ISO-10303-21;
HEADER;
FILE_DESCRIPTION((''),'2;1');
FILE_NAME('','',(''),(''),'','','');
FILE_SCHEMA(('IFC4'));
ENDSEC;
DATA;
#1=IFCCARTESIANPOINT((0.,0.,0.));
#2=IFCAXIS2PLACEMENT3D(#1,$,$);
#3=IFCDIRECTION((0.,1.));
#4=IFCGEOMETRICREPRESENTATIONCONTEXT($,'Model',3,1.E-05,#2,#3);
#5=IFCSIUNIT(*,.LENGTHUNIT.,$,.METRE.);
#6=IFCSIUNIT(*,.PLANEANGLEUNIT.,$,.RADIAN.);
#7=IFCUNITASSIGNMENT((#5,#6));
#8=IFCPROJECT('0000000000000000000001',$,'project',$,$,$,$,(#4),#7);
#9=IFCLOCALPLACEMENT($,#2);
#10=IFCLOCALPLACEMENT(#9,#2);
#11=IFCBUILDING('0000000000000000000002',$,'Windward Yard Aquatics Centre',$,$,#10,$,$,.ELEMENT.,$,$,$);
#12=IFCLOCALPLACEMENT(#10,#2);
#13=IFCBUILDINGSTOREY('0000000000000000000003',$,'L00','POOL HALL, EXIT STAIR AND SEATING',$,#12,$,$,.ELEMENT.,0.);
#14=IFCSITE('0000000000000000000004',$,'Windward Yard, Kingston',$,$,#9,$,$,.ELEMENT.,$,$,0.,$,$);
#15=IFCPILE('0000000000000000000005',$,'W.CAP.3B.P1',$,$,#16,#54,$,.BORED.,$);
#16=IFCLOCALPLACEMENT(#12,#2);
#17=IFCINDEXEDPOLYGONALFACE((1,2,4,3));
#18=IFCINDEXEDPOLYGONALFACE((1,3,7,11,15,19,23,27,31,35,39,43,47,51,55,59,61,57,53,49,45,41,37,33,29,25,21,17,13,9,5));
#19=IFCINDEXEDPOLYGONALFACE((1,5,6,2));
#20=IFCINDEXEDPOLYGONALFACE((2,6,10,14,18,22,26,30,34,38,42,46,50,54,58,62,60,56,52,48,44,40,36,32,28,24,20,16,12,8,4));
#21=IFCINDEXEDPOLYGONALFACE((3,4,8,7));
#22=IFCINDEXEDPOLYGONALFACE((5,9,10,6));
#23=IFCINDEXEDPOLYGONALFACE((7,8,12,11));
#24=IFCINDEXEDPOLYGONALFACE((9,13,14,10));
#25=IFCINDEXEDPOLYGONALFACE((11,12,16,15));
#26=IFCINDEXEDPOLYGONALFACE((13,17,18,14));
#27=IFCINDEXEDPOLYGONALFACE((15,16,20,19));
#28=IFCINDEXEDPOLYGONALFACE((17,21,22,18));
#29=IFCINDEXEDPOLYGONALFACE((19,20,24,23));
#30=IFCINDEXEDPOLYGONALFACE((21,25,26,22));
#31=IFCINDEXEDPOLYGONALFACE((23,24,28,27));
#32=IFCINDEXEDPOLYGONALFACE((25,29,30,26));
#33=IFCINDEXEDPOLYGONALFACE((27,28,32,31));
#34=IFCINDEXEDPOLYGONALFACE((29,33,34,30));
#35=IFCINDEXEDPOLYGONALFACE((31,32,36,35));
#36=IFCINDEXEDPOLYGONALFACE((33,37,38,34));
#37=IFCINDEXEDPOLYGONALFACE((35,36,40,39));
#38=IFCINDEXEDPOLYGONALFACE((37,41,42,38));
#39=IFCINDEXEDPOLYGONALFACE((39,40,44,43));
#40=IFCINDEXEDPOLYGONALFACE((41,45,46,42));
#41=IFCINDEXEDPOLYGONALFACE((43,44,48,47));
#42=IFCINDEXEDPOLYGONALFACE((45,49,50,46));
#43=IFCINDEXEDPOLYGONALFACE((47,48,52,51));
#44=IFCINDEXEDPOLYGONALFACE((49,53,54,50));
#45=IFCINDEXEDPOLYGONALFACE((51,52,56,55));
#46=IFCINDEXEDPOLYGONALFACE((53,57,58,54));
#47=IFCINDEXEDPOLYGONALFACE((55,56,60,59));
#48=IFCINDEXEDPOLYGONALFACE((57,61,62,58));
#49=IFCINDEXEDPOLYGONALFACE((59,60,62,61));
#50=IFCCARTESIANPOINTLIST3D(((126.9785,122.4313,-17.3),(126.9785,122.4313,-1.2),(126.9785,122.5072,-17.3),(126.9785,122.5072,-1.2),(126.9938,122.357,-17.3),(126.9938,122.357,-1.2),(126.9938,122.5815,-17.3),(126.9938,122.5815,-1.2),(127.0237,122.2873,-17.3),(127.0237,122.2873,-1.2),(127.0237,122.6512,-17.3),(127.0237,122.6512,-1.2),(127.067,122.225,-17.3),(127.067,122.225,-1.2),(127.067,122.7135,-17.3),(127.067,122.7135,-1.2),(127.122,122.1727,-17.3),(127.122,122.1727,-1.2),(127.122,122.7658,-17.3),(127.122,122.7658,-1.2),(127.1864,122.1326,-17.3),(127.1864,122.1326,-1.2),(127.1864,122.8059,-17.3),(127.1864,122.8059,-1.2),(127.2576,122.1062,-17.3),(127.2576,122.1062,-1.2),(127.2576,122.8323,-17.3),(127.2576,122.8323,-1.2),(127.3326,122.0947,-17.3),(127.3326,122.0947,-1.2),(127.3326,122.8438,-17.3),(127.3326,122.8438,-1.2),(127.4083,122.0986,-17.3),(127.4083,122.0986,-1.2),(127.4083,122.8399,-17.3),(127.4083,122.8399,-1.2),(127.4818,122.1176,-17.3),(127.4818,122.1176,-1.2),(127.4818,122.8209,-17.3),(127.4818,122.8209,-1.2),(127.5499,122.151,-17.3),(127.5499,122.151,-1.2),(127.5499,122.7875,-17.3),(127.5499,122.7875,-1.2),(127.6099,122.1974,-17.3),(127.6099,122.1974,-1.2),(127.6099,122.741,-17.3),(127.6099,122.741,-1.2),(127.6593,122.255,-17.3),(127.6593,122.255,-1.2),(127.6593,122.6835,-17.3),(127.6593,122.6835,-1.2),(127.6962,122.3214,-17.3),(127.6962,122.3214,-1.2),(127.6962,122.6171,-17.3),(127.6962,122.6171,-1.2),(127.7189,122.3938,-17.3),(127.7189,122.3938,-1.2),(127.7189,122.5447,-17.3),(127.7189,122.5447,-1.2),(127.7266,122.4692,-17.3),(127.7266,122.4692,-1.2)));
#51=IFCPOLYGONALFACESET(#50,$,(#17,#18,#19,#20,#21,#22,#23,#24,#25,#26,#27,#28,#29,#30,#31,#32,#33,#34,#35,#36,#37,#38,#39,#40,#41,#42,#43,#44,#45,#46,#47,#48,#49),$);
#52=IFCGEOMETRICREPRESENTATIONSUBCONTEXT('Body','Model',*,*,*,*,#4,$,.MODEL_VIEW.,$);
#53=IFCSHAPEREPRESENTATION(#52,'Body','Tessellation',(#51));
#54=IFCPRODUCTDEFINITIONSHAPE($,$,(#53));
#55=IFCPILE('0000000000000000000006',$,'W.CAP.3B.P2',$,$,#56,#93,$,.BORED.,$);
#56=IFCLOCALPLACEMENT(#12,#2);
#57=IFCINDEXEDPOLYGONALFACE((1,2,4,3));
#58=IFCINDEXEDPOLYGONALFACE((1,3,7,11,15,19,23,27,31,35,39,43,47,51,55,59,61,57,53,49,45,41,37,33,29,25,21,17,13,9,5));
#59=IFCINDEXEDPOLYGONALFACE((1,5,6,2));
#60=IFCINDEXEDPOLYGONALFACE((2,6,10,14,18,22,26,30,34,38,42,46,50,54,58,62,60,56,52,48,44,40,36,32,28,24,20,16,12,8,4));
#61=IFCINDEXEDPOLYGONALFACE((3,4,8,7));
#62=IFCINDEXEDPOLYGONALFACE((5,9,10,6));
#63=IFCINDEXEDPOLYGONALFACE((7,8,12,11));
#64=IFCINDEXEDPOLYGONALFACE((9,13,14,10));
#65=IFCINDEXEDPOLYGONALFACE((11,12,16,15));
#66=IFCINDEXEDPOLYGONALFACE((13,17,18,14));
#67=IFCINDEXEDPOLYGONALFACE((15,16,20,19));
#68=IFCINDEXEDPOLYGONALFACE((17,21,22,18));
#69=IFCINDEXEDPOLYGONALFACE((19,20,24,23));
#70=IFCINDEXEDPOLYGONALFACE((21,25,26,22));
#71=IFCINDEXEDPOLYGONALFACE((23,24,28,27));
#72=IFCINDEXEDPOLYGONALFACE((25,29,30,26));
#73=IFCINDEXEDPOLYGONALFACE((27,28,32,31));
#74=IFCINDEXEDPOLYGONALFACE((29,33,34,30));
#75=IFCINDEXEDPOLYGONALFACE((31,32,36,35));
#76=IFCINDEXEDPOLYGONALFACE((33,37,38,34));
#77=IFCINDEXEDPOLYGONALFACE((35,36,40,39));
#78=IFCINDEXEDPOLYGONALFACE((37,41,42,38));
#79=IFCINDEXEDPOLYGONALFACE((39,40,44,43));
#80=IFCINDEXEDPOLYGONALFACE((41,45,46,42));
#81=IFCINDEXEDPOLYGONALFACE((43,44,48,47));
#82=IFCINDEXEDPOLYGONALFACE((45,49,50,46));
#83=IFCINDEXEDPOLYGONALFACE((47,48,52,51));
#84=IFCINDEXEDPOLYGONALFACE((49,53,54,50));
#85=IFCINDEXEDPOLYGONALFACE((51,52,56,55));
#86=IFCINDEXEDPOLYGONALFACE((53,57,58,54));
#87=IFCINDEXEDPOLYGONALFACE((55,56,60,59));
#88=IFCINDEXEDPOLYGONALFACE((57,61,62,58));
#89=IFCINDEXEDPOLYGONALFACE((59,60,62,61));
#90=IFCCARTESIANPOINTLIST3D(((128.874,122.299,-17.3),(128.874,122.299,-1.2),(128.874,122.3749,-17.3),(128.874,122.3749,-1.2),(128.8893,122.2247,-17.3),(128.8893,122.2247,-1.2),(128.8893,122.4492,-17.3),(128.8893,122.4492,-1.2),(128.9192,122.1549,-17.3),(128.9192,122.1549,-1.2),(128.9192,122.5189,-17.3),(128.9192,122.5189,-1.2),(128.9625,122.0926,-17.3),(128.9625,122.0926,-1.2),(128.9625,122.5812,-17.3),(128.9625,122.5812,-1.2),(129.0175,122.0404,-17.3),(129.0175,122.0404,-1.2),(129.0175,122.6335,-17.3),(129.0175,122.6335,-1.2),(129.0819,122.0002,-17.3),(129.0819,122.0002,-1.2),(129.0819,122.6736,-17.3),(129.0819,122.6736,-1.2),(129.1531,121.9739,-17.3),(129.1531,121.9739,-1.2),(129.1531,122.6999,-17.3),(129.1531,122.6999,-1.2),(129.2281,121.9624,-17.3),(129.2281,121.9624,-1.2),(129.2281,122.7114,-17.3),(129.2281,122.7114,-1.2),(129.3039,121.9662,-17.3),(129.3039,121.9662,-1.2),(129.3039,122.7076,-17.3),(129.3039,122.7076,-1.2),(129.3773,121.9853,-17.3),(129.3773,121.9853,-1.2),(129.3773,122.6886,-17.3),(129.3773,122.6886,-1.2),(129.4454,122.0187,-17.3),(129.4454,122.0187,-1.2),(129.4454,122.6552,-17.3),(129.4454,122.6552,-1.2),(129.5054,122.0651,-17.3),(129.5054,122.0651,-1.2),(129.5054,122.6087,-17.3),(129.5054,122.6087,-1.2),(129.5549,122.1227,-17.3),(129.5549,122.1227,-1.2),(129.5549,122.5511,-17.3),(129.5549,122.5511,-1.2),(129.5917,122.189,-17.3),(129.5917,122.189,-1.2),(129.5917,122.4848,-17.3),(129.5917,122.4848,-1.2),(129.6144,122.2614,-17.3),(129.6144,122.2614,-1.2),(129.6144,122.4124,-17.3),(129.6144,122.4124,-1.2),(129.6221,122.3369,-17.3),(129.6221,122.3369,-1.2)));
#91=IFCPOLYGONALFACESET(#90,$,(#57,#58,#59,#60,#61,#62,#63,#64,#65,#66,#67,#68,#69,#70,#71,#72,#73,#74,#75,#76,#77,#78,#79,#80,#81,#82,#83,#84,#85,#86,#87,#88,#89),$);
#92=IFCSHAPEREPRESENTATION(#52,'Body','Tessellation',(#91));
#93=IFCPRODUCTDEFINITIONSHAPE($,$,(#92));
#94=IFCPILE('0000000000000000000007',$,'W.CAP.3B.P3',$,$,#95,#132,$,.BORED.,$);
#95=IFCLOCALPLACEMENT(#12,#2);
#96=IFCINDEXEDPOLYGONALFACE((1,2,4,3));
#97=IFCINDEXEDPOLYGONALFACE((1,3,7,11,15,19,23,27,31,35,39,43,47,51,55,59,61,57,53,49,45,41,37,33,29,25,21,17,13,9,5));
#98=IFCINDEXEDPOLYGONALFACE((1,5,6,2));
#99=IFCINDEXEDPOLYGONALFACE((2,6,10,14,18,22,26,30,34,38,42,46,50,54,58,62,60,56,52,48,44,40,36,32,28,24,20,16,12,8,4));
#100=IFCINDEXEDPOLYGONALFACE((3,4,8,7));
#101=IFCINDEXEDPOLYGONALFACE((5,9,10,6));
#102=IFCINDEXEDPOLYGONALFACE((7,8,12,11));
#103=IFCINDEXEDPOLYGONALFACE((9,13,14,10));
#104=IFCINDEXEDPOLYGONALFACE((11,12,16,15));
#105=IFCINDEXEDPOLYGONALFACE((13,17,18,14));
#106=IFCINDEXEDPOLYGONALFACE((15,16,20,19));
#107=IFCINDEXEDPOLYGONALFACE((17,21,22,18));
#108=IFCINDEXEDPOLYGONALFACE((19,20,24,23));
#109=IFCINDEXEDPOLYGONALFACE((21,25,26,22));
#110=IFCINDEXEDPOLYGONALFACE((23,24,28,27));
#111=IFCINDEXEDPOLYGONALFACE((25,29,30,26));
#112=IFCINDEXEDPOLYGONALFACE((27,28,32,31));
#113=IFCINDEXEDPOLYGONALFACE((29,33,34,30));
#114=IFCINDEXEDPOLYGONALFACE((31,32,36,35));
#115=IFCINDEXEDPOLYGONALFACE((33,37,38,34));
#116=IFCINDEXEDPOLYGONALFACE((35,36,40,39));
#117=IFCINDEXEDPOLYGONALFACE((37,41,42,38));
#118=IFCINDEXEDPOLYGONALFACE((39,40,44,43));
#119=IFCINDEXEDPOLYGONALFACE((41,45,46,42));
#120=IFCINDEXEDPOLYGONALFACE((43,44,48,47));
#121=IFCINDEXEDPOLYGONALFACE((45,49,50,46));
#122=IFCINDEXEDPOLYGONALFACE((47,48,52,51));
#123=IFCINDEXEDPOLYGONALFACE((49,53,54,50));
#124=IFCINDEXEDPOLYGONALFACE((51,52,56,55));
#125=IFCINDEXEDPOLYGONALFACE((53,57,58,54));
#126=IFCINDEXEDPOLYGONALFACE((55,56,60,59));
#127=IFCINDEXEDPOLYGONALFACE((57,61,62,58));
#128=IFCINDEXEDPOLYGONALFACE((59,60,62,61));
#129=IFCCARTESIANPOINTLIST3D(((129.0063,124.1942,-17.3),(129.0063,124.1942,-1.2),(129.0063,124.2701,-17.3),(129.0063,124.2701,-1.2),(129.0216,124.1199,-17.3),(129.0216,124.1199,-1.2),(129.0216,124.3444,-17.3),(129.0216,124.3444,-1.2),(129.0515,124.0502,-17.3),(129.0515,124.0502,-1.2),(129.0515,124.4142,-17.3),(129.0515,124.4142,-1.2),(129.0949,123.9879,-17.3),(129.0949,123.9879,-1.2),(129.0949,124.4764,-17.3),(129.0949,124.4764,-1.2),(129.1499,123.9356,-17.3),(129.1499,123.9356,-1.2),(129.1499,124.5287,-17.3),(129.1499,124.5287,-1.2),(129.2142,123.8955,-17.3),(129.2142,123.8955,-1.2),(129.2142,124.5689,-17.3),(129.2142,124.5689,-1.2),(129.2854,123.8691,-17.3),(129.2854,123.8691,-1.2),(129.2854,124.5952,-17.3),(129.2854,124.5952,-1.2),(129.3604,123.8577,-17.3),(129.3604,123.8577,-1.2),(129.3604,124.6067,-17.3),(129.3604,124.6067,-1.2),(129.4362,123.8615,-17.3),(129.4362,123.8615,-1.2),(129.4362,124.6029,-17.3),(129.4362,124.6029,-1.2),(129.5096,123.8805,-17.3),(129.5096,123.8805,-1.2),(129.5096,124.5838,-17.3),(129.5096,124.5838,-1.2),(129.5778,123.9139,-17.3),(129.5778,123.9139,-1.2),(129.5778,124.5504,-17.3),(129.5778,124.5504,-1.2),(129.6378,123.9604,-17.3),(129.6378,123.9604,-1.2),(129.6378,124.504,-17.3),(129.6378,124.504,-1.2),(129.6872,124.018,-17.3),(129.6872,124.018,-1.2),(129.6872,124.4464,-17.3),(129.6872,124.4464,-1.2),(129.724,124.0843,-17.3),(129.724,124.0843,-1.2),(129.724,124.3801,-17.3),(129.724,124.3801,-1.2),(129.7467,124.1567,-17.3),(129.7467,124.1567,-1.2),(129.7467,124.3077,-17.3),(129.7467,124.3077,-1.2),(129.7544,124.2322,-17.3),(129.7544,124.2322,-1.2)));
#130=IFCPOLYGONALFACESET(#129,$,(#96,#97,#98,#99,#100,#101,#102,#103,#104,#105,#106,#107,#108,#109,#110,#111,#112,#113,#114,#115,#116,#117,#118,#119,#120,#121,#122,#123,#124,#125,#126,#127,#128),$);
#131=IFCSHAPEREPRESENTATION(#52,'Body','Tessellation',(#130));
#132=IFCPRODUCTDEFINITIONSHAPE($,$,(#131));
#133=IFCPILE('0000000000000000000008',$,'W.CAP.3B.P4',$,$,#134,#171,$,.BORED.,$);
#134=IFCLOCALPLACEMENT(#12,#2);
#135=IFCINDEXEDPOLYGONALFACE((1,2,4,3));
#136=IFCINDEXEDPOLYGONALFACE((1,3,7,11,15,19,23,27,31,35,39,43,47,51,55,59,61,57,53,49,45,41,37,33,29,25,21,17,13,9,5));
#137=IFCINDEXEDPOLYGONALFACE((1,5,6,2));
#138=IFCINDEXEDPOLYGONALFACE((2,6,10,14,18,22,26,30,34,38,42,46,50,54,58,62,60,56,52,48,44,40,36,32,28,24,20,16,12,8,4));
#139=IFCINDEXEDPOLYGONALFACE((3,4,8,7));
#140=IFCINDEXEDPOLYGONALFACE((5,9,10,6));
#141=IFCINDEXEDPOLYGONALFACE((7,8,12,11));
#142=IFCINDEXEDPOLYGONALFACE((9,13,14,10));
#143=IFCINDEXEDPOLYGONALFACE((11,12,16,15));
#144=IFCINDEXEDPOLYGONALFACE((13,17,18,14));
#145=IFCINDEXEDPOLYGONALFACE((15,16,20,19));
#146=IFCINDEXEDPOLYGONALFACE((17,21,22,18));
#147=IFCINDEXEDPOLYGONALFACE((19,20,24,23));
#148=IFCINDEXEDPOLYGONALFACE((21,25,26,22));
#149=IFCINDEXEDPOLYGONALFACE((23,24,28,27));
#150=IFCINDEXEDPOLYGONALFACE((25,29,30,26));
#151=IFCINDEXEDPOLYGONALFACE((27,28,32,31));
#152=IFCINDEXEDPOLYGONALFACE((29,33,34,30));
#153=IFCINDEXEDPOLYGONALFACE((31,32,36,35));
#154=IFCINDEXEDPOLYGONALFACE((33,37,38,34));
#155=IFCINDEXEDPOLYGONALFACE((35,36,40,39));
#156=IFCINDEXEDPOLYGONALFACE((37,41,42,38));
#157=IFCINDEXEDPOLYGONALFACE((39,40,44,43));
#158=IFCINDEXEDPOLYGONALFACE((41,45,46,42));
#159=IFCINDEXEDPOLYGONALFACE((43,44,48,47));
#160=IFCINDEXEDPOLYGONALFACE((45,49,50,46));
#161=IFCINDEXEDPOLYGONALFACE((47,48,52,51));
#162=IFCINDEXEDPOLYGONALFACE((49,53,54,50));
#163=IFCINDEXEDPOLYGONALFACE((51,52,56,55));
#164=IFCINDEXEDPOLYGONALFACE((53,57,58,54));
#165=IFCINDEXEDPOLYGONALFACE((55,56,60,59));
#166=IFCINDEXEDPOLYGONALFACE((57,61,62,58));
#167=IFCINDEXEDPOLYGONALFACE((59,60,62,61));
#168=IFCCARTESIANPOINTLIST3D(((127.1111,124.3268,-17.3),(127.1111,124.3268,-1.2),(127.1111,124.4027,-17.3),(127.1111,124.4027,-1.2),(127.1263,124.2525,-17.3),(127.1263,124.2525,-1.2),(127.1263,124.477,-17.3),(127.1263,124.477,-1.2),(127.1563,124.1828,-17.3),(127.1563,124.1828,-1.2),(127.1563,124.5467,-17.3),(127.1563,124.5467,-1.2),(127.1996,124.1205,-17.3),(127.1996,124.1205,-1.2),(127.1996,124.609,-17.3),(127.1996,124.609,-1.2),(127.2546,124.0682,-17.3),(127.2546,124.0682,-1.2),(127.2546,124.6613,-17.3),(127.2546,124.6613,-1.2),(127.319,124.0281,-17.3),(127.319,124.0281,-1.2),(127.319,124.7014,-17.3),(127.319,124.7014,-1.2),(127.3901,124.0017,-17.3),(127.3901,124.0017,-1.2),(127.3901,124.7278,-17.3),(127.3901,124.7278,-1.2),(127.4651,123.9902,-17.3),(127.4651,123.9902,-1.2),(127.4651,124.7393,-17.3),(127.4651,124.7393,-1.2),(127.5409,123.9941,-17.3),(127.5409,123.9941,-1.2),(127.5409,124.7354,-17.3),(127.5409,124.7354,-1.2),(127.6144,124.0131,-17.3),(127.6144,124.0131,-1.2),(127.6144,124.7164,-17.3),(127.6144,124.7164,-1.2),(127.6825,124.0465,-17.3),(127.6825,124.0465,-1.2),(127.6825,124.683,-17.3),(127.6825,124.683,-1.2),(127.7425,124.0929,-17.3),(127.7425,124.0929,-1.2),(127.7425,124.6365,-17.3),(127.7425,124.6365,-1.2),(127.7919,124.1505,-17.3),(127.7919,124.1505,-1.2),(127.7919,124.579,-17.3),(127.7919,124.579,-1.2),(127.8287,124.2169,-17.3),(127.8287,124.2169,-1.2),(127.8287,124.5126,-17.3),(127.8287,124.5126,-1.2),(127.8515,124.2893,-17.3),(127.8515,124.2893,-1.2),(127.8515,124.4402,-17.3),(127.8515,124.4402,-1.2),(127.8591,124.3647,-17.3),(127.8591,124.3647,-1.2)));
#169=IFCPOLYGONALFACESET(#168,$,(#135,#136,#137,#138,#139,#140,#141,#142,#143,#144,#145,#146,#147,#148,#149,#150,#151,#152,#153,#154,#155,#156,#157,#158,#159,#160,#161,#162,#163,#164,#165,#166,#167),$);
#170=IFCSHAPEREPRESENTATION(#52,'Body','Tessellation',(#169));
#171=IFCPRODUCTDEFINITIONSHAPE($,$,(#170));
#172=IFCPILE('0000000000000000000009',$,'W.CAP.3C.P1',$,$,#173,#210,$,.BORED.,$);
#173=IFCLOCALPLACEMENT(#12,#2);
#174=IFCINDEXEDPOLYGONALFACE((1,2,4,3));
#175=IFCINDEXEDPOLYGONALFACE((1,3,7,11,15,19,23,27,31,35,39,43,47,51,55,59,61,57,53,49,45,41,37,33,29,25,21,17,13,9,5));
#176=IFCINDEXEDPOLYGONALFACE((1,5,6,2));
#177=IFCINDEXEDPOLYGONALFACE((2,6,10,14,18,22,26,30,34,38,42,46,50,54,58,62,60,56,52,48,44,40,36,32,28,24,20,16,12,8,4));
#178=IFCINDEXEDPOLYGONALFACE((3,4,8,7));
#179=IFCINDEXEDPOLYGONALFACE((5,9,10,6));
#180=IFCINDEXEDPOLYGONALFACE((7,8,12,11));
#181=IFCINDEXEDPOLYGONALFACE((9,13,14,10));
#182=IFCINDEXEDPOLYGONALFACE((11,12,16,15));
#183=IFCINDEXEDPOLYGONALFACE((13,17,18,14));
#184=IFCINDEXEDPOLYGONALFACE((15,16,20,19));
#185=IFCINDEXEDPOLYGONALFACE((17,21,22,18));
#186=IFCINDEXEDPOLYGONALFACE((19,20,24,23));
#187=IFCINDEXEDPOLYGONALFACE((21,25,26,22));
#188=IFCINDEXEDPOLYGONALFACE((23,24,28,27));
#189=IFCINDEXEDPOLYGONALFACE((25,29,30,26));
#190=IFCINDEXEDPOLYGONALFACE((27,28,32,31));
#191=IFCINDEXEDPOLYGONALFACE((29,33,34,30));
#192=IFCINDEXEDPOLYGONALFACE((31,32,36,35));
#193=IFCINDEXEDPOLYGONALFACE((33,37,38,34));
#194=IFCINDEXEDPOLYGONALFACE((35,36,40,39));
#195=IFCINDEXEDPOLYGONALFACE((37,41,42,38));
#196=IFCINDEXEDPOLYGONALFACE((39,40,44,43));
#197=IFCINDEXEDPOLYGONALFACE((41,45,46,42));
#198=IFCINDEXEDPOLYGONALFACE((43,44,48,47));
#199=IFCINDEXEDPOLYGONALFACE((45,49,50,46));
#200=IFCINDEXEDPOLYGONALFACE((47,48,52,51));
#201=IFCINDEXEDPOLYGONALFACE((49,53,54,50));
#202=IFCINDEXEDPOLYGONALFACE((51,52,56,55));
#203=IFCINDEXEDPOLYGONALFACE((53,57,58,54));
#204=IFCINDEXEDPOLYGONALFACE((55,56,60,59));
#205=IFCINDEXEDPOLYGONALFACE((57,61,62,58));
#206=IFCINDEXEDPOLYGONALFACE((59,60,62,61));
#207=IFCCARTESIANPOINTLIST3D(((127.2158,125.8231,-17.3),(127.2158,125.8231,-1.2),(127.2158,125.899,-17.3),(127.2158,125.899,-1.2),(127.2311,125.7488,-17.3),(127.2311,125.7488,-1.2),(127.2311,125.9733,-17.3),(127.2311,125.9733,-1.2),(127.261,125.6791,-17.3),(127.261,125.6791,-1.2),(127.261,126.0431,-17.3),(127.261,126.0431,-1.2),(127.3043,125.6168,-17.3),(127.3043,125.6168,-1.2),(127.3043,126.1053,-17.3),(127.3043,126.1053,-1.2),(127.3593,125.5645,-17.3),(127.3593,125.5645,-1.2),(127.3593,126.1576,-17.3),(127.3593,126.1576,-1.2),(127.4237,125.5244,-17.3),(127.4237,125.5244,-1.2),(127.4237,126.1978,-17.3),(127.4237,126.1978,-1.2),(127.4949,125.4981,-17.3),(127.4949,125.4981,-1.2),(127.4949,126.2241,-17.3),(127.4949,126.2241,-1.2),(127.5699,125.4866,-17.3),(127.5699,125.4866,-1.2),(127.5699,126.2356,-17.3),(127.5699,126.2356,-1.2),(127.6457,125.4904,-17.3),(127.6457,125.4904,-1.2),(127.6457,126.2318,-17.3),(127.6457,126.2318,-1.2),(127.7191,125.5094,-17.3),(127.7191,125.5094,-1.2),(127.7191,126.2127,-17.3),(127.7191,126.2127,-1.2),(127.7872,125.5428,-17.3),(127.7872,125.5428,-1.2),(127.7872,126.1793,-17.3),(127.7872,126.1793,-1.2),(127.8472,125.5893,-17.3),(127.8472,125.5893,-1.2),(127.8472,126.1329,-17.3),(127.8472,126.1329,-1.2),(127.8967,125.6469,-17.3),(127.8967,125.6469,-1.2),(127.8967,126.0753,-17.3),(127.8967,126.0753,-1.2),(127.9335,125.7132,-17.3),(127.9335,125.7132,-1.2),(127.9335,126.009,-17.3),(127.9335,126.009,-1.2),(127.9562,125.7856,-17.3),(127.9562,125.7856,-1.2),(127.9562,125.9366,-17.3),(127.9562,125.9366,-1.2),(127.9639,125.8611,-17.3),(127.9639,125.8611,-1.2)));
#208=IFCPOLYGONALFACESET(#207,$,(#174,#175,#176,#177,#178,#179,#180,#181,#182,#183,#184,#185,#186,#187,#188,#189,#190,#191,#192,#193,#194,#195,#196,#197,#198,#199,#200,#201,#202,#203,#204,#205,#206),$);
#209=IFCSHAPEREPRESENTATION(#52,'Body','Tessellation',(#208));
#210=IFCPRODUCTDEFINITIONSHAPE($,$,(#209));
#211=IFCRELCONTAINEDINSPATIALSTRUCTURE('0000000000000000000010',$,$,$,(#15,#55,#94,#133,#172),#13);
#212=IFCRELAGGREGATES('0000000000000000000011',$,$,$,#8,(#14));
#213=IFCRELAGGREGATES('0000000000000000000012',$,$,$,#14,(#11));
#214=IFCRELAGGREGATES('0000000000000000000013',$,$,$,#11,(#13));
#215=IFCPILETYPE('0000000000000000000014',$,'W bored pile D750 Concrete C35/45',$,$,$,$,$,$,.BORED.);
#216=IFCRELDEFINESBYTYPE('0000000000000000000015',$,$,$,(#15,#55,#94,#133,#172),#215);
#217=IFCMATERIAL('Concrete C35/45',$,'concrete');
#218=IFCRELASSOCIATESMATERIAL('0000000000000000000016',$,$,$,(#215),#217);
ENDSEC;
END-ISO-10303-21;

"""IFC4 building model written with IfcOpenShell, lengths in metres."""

from ifc_helpers import new_model, si_unit, direction, frame, origin, origin_2d, place, context, subcontext, project, spatial, circle, extrude, material, material_profile, profile_set, type_object, element, save


model = new_model("IFC4")

# Units and contexts
model_context = context("Model", 3, precision=1e-05, world=origin(), true_north=direction((0.0, 1.0)))
body_context = subcontext(model_context, "Body", "Model", "MODEL_VIEW")
ifc_project = project(units=[si_unit("LENGTHUNIT", "METRE"), si_unit("PLANEANGLEUNIT", "RADIAN")], contexts=[model_context])

# Site, building, storey
site_placement = place(None, origin())
site = spatial("IfcSite", under=ifc_project, at=site_placement, Name="Windward Yard, Kingston", CompositionType="ELEMENT", RefElevation=0.0)
building_placement = place(site_placement, origin())
building = spatial("IfcBuilding", under=site, at=building_placement, Name="Windward Yard Aquatics Centre", CompositionType="ELEMENT")
storey_placement = place(building_placement, origin())
storey = spatial("IfcBuildingStorey", under=building, at=storey_placement, Name="L00", Description="POOL HALL, EXIT STAIR AND SEATING", CompositionType="ELEMENT", Elevation=0.0)

# Piles
ifc_material_1 = material(Name="Concrete C35/45", Category="concrete")
ifc_material_profile_1 = material_profile(ifc_material_1, circle(Radius=0.375, at=origin_2d()), Name="D750")
ifc_profile_set_1 = profile_set([ifc_material_profile_1], Name="Concrete C35/45")
pile_type = type_object("IfcPileType", Name="W bored pile D750 Concrete C35/45", PredefinedType="BORED", material=ifc_profile_set_1)
for number, where, z_axis, x_axis, name in (
    (1, (127.3516, 122.4692, -1.2), (0.0, 0.0, -1.0), (1.0, 0.0, 0.0), "W.CAP.3B.P1"),
    (2, (129.2471, 122.3369, -1.2), (0.0, 0.0, -1.0), (1.0, 0.0, 0.0), "W.CAP.3B.P2"),
    (3, (129.3794, 124.2322, -1.2), (0.0, 0.0, -1.0), (1.0, 0.0, 0.0), "W.CAP.3B.P3"),
    (4, (127.4841, 124.3647, -1.2), (0.0, 0.0, -1.0), (1.0, 0.0, 0.0), "W.CAP.3B.P4"),
    (5, (127.5889, 125.8611, -1.2), (0.0, 0.0, -1.0), (1.0, 0.0, 0.0), "W.CAP.3C.P1"),
):
    element("IfcPile", number, at=place(storey_placement, frame(where, z_axis=z_axis, x_axis=x_axis)), inside=storey, type_object=pile_type, Name=name, PredefinedType="BORED", context=body_context, shape_type="SweptSolid", body=[
        extrude(circle(Radius=0.375, at=origin_2d()), origin(), (0.0, 0.0, 1.0), 16.1001),
    ])

save(model, "model.ifc")
